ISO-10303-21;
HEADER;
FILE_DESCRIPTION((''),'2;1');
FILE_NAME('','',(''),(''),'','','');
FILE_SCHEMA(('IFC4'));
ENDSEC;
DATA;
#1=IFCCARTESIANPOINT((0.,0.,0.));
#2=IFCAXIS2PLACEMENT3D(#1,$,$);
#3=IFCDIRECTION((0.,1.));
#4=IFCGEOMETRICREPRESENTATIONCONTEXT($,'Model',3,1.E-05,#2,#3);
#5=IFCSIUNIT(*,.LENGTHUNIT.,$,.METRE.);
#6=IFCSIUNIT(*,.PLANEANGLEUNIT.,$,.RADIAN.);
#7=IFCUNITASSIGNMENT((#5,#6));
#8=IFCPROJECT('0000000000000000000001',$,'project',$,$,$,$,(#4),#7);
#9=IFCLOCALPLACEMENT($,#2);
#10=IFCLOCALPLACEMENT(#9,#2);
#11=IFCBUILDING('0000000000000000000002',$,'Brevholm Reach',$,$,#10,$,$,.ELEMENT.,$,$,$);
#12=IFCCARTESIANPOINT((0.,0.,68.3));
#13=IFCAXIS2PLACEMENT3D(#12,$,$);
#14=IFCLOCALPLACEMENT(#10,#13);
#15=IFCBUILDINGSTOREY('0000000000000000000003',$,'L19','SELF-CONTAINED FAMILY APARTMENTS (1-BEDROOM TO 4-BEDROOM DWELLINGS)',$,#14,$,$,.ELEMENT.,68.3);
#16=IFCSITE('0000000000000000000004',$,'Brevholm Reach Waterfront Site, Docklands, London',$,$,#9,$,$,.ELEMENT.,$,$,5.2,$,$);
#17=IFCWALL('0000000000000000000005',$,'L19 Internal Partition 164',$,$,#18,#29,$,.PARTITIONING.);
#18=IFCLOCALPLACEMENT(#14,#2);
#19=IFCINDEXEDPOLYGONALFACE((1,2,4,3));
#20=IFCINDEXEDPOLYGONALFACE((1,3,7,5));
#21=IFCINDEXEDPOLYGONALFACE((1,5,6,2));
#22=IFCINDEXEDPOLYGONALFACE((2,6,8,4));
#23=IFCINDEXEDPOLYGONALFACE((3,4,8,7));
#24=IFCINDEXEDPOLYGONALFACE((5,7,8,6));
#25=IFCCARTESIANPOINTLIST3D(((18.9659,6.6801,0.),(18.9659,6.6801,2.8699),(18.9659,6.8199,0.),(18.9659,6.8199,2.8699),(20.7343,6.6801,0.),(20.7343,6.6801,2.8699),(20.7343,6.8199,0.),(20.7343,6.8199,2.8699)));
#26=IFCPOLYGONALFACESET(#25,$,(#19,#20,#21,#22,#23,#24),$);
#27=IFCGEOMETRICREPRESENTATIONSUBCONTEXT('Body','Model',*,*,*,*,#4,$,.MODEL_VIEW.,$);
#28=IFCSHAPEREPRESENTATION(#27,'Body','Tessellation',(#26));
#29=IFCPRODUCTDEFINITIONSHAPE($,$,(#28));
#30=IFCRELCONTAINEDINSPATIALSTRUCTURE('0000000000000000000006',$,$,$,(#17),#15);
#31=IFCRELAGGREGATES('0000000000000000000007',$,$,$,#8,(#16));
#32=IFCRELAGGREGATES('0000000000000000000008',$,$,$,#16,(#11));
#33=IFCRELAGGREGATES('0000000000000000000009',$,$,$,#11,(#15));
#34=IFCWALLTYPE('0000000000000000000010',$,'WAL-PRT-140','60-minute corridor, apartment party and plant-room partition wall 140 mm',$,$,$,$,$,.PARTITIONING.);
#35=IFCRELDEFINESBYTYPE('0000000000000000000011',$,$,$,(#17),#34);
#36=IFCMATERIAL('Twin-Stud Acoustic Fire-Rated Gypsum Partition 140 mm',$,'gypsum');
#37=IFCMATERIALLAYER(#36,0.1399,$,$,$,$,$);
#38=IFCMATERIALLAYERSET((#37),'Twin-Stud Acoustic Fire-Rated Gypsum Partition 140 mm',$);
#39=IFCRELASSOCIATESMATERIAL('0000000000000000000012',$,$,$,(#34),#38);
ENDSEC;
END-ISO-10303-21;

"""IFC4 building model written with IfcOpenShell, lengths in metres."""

from ifc_helpers import new_model, si_unit, direction, frame, frame_2d, origin, place, context, subcontext, project, spatial, rectangle, extrude, material, layer, layer_set, type_object, element, save


model = new_model("IFC4")

# Units and contexts
model_context = context("Model", 3, precision=1e-05, world=origin(), true_north=direction((0.0, 1.0)))
body_context = subcontext(model_context, "Body", "Model", "MODEL_VIEW")
ifc_project = project(units=[si_unit("LENGTHUNIT", "METRE"), si_unit("PLANEANGLEUNIT", "RADIAN")], contexts=[model_context])

# Site, building, storey
site_placement = place(None, origin())
site = spatial("IfcSite", under=ifc_project, at=site_placement, Name="Brevholm Reach Waterfront Site, Docklands, London", CompositionType="ELEMENT", RefElevation=5.2)
building_placement = place(site_placement, origin())
building = spatial("IfcBuilding", under=site, at=building_placement, Name="Brevholm Reach", CompositionType="ELEMENT")
storey_placement = place(building_placement, frame((0.0, 0.0, 68.3)))
storey = spatial("IfcBuildingStorey", under=building, at=storey_placement, Name="L19", Description="SELF-CONTAINED FAMILY APARTMENTS (1-BEDROOM TO 4-BEDROOM DWELLINGS)", CompositionType="ELEMENT", Elevation=68.3)

# Shared definitions
ifc_material_1 = material(Name="Twin-Stud Acoustic Fire-Rated Gypsum Partition 140 mm", Category="gypsum")
ifc_layer_1 = layer(ifc_material_1, 0.1399)
ifc_layer_set_1 = layer_set([ifc_layer_1], Name="Twin-Stud Acoustic Fire-Rated Gypsum Partition 140 mm")
wall_type_1 = type_object("IfcWallType", Name="WAL-PRT-140", Description="60-minute corridor, apartment party and plant-room partition wall 140 mm", PredefinedType="PARTITIONING", material=ifc_layer_set_1)

# Wall
wall_1_placement = place(storey_placement, frame((18.9658, 6.75, 0.0), z_axis=(0.0, 0.0, 1.0), x_axis=(1.0, 0.0, 0.0)))
element("IfcWall", 1, at=wall_1_placement, inside=storey, type_object=wall_type_1, Name="L19 Internal Partition 164", PredefinedType="PARTITIONING", context=body_context, shape_type="SweptSolid", body=[
    extrude(rectangle(XDim=1.7683, YDim=0.1399, at=frame_2d((0.8843, 0.0))), origin(), (0.0, 0.0, 1.0), 2.8699),
])

save(model, "model.ifc")
